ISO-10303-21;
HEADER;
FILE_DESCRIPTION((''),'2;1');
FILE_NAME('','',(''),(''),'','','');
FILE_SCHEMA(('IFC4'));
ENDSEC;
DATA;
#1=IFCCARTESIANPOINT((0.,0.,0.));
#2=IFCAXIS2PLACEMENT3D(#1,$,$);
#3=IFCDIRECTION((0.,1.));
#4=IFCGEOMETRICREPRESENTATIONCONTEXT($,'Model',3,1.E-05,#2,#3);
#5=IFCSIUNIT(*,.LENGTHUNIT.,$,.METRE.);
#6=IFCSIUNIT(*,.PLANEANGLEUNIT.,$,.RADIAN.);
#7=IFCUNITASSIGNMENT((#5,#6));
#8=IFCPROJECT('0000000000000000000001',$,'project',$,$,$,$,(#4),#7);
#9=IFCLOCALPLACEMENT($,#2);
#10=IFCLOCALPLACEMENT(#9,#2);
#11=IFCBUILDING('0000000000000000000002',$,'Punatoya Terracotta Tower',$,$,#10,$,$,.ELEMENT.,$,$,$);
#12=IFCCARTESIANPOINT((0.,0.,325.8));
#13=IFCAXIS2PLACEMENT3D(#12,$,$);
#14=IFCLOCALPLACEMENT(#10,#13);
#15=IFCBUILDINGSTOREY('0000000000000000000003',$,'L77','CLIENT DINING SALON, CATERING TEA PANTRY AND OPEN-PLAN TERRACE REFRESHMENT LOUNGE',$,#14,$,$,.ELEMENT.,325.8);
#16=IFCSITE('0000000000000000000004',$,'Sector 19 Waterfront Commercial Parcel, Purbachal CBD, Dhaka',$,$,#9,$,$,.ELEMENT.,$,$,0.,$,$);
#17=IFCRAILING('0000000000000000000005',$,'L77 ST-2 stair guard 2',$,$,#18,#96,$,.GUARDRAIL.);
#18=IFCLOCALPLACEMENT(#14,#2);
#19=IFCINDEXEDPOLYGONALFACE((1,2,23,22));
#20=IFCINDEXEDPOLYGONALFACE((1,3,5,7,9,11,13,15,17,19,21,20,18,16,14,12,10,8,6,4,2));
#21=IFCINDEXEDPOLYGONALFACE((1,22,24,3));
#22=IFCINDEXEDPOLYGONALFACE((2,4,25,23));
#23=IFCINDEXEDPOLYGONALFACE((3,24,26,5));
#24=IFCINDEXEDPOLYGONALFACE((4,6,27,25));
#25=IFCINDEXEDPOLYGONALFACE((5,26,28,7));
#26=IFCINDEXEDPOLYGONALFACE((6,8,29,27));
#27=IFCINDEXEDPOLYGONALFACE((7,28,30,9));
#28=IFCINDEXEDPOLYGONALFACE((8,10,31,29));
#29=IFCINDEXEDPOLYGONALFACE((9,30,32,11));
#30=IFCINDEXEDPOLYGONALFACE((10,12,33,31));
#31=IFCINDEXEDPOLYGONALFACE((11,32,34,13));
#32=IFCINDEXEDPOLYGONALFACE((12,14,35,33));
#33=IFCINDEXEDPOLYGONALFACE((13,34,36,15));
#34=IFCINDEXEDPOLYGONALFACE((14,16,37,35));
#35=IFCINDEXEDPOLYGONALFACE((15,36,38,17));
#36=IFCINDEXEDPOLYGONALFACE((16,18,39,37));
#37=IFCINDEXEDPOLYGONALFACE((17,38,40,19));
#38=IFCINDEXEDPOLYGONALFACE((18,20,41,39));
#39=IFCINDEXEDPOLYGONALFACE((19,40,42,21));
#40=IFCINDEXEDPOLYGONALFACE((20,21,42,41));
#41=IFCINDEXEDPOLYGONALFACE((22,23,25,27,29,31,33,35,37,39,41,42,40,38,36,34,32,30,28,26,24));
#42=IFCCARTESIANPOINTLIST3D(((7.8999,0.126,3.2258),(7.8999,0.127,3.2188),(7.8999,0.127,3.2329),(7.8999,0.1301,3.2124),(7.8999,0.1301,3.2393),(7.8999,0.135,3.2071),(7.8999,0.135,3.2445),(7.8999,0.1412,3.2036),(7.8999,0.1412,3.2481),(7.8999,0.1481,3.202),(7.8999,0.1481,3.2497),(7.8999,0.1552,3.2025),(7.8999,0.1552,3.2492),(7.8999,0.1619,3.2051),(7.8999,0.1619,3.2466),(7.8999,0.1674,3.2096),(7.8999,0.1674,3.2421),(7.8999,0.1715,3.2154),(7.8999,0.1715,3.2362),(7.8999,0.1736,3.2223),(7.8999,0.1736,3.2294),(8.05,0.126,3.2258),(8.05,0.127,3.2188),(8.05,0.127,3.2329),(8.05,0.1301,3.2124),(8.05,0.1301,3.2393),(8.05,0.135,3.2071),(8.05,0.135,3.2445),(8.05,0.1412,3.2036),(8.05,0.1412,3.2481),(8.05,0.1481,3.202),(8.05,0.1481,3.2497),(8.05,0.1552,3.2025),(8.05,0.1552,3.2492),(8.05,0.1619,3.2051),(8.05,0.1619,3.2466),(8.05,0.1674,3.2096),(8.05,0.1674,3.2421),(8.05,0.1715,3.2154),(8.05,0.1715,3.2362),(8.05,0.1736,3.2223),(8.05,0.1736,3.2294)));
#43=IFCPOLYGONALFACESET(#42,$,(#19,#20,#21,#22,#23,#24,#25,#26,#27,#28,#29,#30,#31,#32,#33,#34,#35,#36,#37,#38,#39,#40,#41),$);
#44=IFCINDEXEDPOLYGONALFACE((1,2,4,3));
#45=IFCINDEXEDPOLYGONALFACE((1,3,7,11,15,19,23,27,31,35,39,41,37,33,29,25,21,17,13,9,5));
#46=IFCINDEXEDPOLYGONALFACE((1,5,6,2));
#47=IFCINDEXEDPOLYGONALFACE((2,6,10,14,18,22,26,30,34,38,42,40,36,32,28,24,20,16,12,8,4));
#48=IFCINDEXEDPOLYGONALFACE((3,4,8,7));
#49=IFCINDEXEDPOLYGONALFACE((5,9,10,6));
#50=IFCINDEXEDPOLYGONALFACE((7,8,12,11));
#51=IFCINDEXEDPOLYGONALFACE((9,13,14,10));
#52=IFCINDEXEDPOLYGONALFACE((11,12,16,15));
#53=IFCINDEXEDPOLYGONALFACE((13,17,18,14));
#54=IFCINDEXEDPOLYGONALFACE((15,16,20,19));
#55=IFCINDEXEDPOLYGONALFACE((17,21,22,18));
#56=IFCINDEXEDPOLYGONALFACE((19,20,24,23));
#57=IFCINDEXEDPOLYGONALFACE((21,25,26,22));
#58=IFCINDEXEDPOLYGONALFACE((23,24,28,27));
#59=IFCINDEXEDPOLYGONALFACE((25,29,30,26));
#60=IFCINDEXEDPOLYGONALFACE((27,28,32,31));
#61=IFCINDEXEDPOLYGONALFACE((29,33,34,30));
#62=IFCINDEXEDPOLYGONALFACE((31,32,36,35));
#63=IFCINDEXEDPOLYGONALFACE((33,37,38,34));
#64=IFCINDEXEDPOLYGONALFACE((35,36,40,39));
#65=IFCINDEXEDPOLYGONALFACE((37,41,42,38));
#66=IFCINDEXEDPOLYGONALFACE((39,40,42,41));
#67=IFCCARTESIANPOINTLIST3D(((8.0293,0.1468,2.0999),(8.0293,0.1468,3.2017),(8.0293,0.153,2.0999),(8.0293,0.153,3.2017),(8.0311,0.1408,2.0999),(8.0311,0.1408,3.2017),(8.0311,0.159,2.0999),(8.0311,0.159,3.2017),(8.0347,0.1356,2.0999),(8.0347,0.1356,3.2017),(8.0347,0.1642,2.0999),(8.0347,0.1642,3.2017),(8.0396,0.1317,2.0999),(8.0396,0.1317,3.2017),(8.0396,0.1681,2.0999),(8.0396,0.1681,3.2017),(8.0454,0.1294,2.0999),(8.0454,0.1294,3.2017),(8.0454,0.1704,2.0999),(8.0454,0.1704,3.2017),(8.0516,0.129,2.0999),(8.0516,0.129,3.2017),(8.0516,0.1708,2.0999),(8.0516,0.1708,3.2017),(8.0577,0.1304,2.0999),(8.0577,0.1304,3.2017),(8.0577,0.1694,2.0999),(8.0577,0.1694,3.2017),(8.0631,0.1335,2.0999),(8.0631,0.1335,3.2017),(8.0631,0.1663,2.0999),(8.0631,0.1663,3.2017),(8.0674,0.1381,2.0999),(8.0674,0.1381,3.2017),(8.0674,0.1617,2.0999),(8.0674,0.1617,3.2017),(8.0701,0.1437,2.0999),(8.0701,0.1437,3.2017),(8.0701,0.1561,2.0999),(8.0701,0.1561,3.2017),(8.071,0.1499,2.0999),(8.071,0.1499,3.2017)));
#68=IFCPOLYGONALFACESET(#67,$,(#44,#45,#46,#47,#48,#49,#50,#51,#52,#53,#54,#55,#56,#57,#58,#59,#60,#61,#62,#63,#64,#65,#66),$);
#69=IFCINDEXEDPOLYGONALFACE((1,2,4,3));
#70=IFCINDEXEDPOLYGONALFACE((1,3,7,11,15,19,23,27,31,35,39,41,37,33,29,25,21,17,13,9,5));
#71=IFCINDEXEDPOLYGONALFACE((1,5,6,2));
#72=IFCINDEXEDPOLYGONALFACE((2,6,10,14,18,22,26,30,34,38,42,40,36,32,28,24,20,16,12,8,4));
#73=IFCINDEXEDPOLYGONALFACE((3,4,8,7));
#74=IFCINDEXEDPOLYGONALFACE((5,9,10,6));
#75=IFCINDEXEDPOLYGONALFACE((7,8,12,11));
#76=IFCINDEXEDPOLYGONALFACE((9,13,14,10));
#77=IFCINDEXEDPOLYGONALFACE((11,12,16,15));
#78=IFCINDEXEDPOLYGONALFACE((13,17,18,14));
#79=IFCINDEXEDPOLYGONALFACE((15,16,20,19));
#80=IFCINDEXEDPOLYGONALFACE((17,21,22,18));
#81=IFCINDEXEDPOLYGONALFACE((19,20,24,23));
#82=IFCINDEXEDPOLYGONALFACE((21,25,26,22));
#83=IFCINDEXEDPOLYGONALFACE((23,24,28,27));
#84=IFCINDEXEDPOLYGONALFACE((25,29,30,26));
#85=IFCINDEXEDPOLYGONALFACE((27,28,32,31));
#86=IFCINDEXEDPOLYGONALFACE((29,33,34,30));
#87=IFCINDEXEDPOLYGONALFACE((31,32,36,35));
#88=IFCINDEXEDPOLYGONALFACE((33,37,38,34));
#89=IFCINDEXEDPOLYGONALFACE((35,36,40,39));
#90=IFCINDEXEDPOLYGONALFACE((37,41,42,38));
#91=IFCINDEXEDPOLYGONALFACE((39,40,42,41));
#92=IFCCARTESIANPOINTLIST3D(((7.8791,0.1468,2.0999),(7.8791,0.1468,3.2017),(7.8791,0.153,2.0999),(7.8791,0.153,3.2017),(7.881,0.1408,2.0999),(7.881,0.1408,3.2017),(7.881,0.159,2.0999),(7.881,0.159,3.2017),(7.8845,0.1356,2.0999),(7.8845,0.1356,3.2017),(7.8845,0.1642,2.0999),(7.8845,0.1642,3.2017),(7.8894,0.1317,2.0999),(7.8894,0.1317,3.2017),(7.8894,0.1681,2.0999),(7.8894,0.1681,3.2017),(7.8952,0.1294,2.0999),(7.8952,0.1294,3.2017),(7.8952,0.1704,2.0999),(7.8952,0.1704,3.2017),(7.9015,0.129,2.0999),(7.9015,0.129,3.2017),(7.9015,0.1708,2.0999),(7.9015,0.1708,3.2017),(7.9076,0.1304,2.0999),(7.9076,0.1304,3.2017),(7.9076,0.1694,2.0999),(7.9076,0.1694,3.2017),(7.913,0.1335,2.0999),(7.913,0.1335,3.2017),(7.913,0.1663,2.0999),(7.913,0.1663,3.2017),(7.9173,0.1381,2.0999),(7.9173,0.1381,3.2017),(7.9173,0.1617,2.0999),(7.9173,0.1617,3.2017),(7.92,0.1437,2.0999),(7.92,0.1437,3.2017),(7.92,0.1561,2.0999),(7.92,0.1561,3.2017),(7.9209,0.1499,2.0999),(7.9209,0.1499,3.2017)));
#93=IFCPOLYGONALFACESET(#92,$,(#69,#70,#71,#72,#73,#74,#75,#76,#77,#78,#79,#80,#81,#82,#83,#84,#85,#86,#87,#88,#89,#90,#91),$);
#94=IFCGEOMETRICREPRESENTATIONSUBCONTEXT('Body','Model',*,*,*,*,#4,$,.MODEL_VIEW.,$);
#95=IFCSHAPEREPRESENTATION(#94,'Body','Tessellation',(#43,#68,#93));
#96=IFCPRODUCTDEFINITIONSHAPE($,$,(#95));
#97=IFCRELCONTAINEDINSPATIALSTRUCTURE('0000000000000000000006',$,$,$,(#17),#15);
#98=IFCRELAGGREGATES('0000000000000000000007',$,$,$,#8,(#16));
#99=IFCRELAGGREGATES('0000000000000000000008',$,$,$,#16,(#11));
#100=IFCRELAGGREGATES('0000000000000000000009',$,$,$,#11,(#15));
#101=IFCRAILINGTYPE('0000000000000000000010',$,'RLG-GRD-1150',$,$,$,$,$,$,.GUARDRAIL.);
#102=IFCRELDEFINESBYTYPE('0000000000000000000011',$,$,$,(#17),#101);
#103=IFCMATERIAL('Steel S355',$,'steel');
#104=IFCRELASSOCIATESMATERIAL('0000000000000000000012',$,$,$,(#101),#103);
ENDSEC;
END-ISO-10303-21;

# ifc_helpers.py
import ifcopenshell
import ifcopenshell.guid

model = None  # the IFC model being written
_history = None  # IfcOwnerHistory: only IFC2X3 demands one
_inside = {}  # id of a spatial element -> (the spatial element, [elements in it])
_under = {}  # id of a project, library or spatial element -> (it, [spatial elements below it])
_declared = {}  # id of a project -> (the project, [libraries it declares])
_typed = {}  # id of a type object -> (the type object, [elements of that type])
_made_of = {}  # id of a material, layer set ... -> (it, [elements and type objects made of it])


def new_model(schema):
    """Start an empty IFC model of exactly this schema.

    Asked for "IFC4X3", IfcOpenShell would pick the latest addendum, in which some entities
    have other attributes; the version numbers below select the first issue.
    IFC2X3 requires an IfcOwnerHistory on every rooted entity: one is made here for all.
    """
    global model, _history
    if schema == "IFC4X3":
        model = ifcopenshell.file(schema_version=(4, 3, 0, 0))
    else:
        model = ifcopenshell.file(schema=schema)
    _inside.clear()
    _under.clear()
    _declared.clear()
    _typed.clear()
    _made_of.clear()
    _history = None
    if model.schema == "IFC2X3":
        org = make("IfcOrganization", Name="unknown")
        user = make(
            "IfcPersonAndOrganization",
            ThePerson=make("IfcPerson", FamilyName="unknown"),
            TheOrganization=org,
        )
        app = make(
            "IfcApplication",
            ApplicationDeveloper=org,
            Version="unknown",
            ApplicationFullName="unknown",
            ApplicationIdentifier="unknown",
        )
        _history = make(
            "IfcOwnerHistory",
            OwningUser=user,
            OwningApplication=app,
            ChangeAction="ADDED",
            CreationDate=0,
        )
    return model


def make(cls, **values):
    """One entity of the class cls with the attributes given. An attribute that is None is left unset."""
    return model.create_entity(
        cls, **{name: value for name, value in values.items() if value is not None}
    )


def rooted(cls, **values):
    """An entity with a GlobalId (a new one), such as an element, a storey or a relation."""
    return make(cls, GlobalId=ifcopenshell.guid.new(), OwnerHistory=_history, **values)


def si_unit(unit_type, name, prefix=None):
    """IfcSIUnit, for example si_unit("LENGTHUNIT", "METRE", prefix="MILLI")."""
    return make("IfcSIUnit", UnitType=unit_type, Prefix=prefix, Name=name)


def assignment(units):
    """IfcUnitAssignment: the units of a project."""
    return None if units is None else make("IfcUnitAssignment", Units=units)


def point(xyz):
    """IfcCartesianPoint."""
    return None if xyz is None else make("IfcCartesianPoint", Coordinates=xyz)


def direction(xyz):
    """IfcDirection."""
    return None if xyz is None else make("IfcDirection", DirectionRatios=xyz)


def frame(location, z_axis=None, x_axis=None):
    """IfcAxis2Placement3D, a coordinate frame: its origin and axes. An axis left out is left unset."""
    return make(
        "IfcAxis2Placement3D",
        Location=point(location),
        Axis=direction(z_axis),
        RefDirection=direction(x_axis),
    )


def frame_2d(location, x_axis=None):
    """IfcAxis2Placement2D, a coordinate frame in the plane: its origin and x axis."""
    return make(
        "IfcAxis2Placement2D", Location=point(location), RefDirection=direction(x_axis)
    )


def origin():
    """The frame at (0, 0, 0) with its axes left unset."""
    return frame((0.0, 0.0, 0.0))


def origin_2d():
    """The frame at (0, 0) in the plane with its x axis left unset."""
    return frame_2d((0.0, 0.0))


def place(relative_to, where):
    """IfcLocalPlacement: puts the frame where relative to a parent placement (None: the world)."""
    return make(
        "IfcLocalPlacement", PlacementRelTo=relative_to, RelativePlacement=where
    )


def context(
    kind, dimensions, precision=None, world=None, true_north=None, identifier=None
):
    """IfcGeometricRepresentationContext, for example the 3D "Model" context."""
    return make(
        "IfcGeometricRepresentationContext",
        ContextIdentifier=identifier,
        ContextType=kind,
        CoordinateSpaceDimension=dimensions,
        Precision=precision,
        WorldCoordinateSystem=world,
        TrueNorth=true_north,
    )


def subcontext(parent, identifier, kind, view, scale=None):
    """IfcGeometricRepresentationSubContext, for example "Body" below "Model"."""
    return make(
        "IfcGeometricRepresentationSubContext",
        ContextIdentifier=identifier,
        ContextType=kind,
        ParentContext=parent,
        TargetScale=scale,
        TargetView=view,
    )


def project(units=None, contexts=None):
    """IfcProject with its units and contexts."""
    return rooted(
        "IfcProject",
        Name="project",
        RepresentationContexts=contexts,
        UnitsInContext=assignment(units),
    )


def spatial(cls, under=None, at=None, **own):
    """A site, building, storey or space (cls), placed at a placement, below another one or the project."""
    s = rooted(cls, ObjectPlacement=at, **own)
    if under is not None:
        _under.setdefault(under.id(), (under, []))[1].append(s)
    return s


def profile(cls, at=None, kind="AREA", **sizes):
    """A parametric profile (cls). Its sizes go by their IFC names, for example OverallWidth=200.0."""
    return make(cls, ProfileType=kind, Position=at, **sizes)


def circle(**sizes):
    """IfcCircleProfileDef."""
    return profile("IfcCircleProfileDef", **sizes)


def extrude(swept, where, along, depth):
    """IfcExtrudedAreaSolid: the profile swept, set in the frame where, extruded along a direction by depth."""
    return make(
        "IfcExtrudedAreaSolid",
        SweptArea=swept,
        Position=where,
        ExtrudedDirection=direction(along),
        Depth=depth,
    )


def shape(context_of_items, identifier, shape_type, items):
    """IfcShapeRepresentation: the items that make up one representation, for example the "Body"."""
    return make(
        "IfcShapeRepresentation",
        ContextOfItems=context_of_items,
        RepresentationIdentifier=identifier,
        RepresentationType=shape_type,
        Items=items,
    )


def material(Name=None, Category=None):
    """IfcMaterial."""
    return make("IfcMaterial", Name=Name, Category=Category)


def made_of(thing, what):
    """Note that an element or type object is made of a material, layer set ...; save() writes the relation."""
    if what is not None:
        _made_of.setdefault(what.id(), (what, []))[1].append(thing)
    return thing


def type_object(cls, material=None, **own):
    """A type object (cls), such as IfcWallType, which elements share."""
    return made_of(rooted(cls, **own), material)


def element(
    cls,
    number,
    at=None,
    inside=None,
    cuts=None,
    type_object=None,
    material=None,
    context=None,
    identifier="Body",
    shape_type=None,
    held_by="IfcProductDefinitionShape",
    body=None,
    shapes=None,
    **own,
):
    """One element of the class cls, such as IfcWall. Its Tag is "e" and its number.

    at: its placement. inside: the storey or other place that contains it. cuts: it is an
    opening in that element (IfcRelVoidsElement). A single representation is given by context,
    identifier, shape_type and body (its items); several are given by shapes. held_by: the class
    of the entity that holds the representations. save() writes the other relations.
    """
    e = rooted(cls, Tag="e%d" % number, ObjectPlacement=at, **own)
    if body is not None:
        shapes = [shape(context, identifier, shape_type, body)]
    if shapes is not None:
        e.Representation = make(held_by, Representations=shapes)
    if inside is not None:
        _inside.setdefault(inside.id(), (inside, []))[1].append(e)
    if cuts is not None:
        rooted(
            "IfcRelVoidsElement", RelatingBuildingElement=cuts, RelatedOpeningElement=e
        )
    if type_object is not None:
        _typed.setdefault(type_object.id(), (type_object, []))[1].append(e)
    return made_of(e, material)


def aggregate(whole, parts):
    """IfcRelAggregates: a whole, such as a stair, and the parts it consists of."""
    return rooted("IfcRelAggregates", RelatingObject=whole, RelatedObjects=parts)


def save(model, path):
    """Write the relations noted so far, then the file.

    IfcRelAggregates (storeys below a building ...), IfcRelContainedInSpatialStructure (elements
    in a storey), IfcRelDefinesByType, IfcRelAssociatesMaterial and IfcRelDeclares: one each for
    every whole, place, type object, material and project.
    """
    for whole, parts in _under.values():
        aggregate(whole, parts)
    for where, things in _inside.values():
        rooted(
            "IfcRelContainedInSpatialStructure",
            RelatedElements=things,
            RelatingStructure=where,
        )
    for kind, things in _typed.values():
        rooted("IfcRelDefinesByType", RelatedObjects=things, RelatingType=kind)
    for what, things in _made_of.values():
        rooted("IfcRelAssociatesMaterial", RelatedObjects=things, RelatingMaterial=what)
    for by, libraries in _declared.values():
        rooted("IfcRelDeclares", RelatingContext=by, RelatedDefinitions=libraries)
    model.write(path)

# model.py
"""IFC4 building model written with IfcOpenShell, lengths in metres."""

from ifc_helpers import new_model, si_unit, direction, frame, origin, origin_2d, place, context, subcontext, project, spatial, circle, extrude, material, type_object, element, save


model = new_model("IFC4")

# Units and contexts
model_context = context("Model", 3, precision=1e-05, world=origin(), true_north=direction((0.0, 1.0)))
body_context = subcontext(model_context, "Body", "Model", "MODEL_VIEW")
ifc_project = project(units=[si_unit("LENGTHUNIT", "METRE"), si_unit("PLANEANGLEUNIT", "RADIAN")], contexts=[model_context])

# Site, building, storey
site_placement = place(None, origin())
site = spatial("IfcSite", under=ifc_project, at=site_placement, Name="Sector 19 Waterfront Commercial Parcel, Purbachal CBD, Dhaka", CompositionType="ELEMENT", RefElevation=0.0)
building_placement = place(site_placement, origin())
building = spatial("IfcBuilding", under=site, at=building_placement, Name="Punatoya Terracotta Tower", CompositionType="ELEMENT")
storey_placement = place(building_placement, frame((0.0, 0.0, 325.8)))
storey = spatial("IfcBuildingStorey", under=building, at=storey_placement, Name="L77", Description="CLIENT DINING SALON, CATERING TEA PANTRY AND OPEN-PLAN TERRACE REFRESHMENT LOUNGE", CompositionType="ELEMENT", Elevation=325.8)

# Shared definitions
ifc_material_1 = material(Name="Steel S355", Category="steel")

# Railing
railing_type_1 = type_object("IfcRailingType", Name="RLG-GRD-1150", PredefinedType="GUARDRAIL", material=ifc_material_1)
railing_1_placement = place(storey_placement, frame((8.05, 0.1499, 2.0999)))
element("IfcRailing", 1, at=railing_1_placement, inside=storey, type_object=railing_type_1, Name="L77 ST-2 stair guard 2", PredefinedType="GUARDRAIL", context=body_context, shape_type="SweptSolid", body=[
    extrude(circle(Radius=0.0239, at=origin_2d()), frame((0.0, 0.0, 1.126), z_axis=(-1.0, 0.0, 0.0), x_axis=(0.0, -1.0, 0.0)), (0.0, 0.0, 1.0), 0.1501),
    extrude(circle(Radius=0.021, at=origin_2d()), origin(), (0.0, 0.0, 1.0), 1.1018),
    extrude(circle(Radius=0.021, at=origin_2d()), frame((-0.1501, 0.0, 0.0)), (0.0, 0.0, 1.0), 1.1018),
])

save(model, "model.ifc")
